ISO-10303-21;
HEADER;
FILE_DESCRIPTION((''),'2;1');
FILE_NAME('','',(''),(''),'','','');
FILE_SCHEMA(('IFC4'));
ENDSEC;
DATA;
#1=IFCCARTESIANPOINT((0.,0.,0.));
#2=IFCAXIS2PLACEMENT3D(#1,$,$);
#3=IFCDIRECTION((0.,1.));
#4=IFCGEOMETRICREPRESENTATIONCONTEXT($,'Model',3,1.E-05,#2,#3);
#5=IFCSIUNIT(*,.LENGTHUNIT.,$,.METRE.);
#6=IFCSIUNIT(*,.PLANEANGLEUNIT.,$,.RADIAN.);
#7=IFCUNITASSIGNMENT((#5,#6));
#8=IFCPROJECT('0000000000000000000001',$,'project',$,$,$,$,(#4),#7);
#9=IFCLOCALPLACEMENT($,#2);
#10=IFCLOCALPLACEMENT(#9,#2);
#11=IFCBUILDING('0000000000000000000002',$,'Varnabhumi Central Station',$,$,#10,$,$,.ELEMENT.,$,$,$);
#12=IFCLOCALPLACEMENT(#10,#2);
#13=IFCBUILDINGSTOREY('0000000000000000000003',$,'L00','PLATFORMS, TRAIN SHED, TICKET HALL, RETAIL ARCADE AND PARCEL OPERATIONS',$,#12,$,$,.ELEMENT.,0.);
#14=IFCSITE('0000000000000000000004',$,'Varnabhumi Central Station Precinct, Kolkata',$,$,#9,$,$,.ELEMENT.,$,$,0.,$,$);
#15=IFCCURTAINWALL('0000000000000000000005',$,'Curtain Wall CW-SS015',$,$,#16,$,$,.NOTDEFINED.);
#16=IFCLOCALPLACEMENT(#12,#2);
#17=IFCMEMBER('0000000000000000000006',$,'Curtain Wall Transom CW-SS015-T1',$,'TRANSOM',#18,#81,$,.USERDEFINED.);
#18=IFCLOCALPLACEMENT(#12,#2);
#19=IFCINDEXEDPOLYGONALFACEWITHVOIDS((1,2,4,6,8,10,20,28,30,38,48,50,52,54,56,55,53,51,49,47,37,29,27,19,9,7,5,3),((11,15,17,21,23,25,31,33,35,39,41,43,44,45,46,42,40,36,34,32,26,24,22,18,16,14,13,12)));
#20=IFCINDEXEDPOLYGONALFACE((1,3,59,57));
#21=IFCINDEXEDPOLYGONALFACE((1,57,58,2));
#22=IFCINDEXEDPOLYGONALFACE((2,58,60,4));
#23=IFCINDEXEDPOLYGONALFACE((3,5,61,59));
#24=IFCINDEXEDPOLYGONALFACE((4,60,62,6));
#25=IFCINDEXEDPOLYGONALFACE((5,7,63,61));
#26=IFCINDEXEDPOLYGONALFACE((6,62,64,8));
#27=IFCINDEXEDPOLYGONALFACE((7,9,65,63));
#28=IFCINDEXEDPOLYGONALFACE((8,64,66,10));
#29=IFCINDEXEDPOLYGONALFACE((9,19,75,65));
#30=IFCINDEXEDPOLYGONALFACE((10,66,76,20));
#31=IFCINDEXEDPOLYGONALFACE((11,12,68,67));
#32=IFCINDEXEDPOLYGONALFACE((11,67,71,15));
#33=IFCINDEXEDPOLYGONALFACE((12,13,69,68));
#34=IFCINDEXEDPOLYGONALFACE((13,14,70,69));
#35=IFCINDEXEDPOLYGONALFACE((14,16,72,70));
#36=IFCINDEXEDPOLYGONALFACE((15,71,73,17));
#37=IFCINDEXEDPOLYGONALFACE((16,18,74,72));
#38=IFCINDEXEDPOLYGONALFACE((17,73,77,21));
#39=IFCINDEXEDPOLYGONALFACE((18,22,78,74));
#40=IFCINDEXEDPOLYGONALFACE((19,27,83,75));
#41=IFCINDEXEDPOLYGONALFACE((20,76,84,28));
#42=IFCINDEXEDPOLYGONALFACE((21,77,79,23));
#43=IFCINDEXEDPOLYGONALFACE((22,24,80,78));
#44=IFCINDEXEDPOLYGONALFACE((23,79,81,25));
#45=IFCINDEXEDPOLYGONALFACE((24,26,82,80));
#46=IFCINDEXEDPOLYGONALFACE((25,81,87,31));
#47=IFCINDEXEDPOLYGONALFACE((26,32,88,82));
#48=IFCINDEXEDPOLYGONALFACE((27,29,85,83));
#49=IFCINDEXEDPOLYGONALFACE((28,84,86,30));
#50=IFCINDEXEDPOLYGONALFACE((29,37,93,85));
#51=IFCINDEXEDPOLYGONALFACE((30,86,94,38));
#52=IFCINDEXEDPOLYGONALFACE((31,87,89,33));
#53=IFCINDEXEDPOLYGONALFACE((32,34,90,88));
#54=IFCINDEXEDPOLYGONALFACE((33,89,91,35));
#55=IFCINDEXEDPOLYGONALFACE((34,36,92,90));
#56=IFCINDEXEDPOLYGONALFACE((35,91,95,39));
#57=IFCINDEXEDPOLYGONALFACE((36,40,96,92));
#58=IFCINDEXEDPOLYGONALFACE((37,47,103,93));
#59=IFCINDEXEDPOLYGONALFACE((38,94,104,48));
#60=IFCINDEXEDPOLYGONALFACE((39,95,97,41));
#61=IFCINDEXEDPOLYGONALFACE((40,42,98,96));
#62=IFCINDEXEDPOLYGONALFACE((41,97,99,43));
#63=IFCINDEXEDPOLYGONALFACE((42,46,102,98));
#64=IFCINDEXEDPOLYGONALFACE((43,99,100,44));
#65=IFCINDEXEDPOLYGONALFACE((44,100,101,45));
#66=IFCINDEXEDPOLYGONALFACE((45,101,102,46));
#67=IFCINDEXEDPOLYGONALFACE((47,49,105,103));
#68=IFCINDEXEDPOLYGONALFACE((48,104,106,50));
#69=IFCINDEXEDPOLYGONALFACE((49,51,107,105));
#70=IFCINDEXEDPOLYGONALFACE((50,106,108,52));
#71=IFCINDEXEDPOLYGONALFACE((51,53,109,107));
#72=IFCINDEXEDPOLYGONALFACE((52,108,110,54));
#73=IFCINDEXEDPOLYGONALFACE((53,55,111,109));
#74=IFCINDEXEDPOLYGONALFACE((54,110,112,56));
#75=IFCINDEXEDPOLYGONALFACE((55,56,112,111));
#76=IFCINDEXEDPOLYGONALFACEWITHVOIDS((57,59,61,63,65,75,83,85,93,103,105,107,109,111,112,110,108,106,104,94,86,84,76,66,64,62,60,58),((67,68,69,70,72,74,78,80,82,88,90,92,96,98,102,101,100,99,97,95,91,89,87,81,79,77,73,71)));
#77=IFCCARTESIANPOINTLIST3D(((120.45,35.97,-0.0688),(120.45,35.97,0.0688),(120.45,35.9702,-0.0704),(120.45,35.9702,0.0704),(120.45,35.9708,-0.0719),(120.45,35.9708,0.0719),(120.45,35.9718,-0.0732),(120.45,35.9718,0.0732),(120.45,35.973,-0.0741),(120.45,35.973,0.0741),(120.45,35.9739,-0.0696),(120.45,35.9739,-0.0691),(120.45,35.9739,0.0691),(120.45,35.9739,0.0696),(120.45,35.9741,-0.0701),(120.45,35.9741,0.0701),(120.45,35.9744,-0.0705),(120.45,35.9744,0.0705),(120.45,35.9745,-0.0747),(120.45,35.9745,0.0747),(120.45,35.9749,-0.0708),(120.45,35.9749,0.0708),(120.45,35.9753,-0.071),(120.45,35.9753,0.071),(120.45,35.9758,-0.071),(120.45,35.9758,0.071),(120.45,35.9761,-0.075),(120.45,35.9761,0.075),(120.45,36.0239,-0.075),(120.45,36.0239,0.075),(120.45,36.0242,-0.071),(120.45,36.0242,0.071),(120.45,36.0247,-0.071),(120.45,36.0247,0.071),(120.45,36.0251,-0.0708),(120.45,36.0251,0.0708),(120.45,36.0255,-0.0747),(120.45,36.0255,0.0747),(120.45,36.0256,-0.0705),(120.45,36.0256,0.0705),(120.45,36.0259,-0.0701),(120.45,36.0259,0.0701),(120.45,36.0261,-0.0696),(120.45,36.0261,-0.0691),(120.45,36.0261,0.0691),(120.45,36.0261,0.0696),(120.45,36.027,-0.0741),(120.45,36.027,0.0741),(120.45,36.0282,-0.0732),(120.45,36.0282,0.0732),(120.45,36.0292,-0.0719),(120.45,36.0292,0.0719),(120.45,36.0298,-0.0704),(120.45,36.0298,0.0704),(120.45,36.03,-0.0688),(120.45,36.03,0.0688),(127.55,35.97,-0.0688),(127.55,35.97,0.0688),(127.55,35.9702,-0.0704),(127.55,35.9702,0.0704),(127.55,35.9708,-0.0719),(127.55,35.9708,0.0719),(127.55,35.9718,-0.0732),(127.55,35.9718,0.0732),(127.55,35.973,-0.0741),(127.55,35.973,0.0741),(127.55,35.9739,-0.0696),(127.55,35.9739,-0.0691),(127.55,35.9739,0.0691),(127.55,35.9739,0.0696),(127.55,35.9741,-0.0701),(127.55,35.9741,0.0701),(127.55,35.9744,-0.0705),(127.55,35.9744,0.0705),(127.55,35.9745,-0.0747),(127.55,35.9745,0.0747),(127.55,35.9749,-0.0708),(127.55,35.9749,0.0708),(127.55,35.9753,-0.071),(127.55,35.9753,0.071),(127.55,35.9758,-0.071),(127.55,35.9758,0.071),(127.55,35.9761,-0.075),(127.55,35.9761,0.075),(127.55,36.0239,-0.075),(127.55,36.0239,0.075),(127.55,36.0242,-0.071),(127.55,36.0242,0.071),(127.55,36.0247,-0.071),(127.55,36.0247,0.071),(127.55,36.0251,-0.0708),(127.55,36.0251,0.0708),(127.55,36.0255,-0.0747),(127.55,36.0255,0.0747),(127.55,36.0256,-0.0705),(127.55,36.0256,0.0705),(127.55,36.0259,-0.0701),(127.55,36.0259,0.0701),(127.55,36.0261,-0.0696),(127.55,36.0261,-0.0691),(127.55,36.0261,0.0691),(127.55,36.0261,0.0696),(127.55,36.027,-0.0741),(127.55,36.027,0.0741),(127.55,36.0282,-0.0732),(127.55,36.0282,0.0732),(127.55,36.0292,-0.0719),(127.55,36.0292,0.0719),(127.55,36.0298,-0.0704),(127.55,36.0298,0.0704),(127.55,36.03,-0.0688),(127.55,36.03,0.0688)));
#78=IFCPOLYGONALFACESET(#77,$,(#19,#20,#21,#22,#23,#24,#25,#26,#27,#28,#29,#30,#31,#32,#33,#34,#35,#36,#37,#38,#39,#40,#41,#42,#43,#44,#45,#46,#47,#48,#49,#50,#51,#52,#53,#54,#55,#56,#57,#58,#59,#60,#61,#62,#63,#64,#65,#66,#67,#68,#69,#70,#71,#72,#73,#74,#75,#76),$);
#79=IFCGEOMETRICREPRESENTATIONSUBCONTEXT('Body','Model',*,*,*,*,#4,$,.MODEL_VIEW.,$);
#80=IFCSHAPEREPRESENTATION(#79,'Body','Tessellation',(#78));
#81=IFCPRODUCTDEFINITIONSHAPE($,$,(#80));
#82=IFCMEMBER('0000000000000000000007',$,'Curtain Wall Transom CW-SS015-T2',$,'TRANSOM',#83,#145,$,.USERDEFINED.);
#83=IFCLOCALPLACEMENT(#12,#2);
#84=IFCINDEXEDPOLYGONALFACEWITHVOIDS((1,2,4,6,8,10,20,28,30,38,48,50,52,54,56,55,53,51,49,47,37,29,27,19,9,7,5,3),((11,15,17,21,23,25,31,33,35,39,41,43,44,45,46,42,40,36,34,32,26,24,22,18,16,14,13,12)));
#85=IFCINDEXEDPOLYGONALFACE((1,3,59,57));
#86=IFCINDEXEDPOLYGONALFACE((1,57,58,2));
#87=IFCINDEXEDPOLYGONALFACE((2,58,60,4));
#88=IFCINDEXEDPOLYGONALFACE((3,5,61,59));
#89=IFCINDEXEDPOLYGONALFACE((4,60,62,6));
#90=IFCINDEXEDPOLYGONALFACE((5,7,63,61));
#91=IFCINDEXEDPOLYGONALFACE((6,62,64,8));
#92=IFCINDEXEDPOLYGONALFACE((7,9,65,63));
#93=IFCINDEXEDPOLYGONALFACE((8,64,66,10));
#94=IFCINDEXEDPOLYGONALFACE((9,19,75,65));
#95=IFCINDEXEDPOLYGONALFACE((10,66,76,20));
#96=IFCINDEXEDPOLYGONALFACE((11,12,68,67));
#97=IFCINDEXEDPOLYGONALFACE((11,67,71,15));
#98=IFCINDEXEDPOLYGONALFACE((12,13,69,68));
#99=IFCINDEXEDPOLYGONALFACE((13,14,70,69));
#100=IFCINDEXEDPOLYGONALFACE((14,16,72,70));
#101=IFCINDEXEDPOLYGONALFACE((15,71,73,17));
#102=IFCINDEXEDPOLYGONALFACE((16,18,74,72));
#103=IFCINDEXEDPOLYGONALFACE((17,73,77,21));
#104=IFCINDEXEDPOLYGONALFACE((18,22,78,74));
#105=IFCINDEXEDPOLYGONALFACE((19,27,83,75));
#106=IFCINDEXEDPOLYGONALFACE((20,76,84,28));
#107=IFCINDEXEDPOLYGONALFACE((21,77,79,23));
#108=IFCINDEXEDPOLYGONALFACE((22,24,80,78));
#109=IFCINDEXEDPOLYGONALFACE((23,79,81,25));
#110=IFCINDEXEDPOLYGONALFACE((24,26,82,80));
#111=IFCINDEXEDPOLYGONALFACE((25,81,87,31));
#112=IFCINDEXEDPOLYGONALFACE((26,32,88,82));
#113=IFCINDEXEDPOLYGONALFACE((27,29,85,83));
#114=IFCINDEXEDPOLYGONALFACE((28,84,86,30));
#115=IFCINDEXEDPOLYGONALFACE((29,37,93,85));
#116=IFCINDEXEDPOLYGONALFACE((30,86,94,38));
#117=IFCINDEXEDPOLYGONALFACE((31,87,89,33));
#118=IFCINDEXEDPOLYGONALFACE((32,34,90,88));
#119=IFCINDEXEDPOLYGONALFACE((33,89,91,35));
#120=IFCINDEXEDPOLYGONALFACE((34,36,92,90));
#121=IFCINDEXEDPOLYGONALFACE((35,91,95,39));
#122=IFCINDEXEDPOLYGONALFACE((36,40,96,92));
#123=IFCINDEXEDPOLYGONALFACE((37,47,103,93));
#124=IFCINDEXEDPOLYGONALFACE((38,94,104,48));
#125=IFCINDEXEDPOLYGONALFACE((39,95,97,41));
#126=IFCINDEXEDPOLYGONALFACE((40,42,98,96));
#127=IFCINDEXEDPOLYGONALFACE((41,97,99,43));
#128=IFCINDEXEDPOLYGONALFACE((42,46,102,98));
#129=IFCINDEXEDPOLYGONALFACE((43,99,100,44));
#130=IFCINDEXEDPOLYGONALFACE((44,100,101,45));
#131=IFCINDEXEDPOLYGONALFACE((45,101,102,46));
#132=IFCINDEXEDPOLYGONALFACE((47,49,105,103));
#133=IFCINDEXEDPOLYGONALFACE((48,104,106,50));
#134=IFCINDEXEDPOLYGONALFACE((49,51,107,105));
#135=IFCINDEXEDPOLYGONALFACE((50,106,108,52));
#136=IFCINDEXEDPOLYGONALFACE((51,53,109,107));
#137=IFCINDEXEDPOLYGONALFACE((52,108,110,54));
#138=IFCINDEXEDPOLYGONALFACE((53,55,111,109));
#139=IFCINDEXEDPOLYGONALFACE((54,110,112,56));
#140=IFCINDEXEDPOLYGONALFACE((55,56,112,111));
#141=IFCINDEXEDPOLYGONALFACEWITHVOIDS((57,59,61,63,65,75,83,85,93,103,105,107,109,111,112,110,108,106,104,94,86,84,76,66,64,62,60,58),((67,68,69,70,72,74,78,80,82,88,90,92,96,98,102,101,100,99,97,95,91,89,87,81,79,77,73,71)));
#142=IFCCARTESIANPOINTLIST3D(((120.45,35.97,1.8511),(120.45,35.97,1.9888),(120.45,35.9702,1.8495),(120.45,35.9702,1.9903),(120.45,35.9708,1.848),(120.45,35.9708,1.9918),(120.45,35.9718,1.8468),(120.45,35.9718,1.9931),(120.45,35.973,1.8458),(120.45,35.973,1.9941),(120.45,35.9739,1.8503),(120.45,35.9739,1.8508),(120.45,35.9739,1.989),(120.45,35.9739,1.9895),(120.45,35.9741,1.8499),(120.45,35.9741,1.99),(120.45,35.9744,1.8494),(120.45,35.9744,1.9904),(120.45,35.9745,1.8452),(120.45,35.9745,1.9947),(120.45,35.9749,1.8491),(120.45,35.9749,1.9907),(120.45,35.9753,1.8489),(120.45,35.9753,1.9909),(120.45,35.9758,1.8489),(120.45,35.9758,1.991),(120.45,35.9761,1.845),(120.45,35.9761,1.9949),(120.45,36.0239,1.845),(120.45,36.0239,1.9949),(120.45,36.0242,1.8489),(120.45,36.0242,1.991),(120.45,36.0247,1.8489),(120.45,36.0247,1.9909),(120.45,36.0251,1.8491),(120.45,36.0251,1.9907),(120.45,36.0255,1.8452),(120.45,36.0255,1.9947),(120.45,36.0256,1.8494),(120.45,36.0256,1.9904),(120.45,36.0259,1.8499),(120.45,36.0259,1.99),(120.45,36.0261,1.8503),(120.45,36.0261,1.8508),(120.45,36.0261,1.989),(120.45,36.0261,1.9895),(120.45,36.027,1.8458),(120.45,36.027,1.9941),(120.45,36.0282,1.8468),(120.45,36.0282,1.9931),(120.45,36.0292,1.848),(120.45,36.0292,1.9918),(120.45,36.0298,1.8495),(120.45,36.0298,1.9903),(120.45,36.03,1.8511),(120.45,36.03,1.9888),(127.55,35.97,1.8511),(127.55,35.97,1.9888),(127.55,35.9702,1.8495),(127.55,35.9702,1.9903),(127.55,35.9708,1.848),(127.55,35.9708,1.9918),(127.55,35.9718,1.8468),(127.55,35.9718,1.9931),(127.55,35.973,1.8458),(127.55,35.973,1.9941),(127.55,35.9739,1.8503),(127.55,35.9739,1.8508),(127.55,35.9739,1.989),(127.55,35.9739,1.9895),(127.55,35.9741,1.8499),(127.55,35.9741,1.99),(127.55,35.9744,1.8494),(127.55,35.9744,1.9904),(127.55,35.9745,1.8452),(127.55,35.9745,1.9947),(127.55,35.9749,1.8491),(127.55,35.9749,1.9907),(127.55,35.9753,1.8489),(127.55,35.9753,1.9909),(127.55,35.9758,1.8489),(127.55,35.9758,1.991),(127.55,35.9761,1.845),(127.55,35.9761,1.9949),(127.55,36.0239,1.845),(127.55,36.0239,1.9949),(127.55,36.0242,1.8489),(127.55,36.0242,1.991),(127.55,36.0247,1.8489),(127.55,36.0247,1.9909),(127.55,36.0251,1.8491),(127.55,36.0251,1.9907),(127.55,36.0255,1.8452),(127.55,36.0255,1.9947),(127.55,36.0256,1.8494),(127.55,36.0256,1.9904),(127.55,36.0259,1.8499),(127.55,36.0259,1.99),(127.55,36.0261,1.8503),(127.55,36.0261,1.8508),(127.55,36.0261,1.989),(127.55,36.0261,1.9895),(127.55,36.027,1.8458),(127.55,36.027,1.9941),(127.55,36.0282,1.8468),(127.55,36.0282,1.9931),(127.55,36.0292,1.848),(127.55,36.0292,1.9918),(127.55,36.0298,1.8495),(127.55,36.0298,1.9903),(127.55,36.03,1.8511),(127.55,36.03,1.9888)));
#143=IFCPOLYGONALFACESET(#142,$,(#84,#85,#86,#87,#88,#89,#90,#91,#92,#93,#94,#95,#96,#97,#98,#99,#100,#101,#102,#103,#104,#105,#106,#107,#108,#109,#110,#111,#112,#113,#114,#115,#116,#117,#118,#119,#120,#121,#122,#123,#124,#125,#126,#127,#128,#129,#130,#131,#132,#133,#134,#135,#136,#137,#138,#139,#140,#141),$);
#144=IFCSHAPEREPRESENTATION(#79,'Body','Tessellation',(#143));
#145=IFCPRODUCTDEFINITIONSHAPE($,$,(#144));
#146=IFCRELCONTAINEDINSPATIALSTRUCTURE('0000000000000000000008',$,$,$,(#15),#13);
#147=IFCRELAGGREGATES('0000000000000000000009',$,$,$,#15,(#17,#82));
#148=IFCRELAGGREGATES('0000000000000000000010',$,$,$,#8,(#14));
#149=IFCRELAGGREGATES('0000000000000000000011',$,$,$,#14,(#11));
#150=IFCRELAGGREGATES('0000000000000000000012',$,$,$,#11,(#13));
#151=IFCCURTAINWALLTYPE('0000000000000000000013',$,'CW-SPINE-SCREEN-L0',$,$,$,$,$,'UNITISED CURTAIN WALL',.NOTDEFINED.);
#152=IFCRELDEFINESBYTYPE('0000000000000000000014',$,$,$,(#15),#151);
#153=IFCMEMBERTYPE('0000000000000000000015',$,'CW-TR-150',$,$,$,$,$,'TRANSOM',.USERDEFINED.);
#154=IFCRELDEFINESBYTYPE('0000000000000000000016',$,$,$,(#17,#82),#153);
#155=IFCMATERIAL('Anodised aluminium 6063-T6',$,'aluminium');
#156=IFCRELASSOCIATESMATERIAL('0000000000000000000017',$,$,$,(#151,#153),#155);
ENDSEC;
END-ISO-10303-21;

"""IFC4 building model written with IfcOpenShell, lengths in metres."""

from ifc_helpers import new_model, si_unit, direction, frame, origin, origin_2d, place, context, subcontext, project, spatial, hollow_rectangle, extrude, material, material_profile, profile_set, type_object, element, aggregate, save


model = new_model("IFC4")

# Units and contexts
model_context = context("Model", 3, precision=1e-05, world=origin(), true_north=direction((0.0, 1.0)))
body_context = subcontext(model_context, "Body", "Model", "MODEL_VIEW")
ifc_project = project(units=[si_unit("LENGTHUNIT", "METRE"), si_unit("PLANEANGLEUNIT", "RADIAN")], contexts=[model_context])

# Site, building, storey
site_placement = place(None, origin())
site = spatial("IfcSite", under=ifc_project, at=site_placement, Name="Varnabhumi Central Station Precinct, Kolkata", CompositionType="ELEMENT", RefElevation=0.0)
building_placement = place(site_placement, origin())
building = spatial("IfcBuilding", under=site, at=building_placement, Name="Varnabhumi Central Station", CompositionType="ELEMENT")
storey_placement = place(building_placement, origin())
storey = spatial("IfcBuildingStorey", under=building, at=storey_placement, Name="L00", Description="PLATFORMS, TRAIN SHED, TICKET HALL, RETAIL ARCADE AND PARCEL OPERATIONS", CompositionType="ELEMENT", Elevation=0.0)

# Curtain wall, members
ifc_material_1 = material(Name="Anodised aluminium 6063-T6", Category="aluminium")
curtain_wall_type = type_object("IfcCurtainWallType", Name="CW-SPINE-SCREEN-L0", ElementType="UNITISED CURTAIN WALL", PredefinedType="NOTDEFINED", material=ifc_material_1)
curtain_wall_placement = place(storey_placement, origin())
curtain_wall = element("IfcCurtainWall", 1, at=curtain_wall_placement, inside=storey, type_object=curtain_wall_type, Name="Curtain Wall CW-SS015", PredefinedType="NOTDEFINED")
ifc_material_profile_1 = material_profile(ifc_material_1, hollow_rectangle(XDim=0.0601, YDim=0.1499, WallThickness=0.0039, InnerFilletRadius=0.002, OuterFilletRadius=0.0061, at=origin_2d()), Name="Anodised aluminium 6063-T6", Category="aluminium")
ifc_profile_set_1 = profile_set([ifc_material_profile_1], Name="Anodised aluminium 6063-T6")
member_type_1 = type_object("IfcMemberType", Name="CW-TR-150", ElementType="TRANSOM", PredefinedType="USERDEFINED", material=ifc_profile_set_1)
member_1_placement = place(storey_placement, frame((120.45, 36.0, 0.0), z_axis=(1.0, 0.0, 0.0), x_axis=(0.0, 1.0, 0.0)))
member_1 = element("IfcMember", 2, at=member_1_placement, type_object=member_type_1, Name="Curtain Wall Transom CW-SS015-T1", ObjectType="TRANSOM", PredefinedType="USERDEFINED", context=body_context, shape_type="SweptSolid", body=[
    extrude(hollow_rectangle(XDim=0.0601, YDim=0.1499, WallThickness=0.0039, InnerFilletRadius=0.002, OuterFilletRadius=0.0061, at=origin_2d()), origin(), (0.0, 0.0, 1.0), 7.1001),
])
member_2_placement = place(storey_placement, frame((120.45, 36.0, 1.9199), z_axis=(1.0, 0.0, 0.0), x_axis=(0.0, 1.0, 0.0)))
member_2 = element("IfcMember", 3, at=member_2_placement, type_object=member_type_1, Name="Curtain Wall Transom CW-SS015-T2", ObjectType="TRANSOM", PredefinedType="USERDEFINED", context=body_context, shape_type="SweptSolid", body=[
    extrude(hollow_rectangle(XDim=0.0601, YDim=0.1499, WallThickness=0.0039, InnerFilletRadius=0.002, OuterFilletRadius=0.0061, at=origin_2d()), origin(), (0.0, 0.0, 1.0), 7.1001),
])
aggregate(curtain_wall, [member_1, member_2])

save(model, "model.ifc")
